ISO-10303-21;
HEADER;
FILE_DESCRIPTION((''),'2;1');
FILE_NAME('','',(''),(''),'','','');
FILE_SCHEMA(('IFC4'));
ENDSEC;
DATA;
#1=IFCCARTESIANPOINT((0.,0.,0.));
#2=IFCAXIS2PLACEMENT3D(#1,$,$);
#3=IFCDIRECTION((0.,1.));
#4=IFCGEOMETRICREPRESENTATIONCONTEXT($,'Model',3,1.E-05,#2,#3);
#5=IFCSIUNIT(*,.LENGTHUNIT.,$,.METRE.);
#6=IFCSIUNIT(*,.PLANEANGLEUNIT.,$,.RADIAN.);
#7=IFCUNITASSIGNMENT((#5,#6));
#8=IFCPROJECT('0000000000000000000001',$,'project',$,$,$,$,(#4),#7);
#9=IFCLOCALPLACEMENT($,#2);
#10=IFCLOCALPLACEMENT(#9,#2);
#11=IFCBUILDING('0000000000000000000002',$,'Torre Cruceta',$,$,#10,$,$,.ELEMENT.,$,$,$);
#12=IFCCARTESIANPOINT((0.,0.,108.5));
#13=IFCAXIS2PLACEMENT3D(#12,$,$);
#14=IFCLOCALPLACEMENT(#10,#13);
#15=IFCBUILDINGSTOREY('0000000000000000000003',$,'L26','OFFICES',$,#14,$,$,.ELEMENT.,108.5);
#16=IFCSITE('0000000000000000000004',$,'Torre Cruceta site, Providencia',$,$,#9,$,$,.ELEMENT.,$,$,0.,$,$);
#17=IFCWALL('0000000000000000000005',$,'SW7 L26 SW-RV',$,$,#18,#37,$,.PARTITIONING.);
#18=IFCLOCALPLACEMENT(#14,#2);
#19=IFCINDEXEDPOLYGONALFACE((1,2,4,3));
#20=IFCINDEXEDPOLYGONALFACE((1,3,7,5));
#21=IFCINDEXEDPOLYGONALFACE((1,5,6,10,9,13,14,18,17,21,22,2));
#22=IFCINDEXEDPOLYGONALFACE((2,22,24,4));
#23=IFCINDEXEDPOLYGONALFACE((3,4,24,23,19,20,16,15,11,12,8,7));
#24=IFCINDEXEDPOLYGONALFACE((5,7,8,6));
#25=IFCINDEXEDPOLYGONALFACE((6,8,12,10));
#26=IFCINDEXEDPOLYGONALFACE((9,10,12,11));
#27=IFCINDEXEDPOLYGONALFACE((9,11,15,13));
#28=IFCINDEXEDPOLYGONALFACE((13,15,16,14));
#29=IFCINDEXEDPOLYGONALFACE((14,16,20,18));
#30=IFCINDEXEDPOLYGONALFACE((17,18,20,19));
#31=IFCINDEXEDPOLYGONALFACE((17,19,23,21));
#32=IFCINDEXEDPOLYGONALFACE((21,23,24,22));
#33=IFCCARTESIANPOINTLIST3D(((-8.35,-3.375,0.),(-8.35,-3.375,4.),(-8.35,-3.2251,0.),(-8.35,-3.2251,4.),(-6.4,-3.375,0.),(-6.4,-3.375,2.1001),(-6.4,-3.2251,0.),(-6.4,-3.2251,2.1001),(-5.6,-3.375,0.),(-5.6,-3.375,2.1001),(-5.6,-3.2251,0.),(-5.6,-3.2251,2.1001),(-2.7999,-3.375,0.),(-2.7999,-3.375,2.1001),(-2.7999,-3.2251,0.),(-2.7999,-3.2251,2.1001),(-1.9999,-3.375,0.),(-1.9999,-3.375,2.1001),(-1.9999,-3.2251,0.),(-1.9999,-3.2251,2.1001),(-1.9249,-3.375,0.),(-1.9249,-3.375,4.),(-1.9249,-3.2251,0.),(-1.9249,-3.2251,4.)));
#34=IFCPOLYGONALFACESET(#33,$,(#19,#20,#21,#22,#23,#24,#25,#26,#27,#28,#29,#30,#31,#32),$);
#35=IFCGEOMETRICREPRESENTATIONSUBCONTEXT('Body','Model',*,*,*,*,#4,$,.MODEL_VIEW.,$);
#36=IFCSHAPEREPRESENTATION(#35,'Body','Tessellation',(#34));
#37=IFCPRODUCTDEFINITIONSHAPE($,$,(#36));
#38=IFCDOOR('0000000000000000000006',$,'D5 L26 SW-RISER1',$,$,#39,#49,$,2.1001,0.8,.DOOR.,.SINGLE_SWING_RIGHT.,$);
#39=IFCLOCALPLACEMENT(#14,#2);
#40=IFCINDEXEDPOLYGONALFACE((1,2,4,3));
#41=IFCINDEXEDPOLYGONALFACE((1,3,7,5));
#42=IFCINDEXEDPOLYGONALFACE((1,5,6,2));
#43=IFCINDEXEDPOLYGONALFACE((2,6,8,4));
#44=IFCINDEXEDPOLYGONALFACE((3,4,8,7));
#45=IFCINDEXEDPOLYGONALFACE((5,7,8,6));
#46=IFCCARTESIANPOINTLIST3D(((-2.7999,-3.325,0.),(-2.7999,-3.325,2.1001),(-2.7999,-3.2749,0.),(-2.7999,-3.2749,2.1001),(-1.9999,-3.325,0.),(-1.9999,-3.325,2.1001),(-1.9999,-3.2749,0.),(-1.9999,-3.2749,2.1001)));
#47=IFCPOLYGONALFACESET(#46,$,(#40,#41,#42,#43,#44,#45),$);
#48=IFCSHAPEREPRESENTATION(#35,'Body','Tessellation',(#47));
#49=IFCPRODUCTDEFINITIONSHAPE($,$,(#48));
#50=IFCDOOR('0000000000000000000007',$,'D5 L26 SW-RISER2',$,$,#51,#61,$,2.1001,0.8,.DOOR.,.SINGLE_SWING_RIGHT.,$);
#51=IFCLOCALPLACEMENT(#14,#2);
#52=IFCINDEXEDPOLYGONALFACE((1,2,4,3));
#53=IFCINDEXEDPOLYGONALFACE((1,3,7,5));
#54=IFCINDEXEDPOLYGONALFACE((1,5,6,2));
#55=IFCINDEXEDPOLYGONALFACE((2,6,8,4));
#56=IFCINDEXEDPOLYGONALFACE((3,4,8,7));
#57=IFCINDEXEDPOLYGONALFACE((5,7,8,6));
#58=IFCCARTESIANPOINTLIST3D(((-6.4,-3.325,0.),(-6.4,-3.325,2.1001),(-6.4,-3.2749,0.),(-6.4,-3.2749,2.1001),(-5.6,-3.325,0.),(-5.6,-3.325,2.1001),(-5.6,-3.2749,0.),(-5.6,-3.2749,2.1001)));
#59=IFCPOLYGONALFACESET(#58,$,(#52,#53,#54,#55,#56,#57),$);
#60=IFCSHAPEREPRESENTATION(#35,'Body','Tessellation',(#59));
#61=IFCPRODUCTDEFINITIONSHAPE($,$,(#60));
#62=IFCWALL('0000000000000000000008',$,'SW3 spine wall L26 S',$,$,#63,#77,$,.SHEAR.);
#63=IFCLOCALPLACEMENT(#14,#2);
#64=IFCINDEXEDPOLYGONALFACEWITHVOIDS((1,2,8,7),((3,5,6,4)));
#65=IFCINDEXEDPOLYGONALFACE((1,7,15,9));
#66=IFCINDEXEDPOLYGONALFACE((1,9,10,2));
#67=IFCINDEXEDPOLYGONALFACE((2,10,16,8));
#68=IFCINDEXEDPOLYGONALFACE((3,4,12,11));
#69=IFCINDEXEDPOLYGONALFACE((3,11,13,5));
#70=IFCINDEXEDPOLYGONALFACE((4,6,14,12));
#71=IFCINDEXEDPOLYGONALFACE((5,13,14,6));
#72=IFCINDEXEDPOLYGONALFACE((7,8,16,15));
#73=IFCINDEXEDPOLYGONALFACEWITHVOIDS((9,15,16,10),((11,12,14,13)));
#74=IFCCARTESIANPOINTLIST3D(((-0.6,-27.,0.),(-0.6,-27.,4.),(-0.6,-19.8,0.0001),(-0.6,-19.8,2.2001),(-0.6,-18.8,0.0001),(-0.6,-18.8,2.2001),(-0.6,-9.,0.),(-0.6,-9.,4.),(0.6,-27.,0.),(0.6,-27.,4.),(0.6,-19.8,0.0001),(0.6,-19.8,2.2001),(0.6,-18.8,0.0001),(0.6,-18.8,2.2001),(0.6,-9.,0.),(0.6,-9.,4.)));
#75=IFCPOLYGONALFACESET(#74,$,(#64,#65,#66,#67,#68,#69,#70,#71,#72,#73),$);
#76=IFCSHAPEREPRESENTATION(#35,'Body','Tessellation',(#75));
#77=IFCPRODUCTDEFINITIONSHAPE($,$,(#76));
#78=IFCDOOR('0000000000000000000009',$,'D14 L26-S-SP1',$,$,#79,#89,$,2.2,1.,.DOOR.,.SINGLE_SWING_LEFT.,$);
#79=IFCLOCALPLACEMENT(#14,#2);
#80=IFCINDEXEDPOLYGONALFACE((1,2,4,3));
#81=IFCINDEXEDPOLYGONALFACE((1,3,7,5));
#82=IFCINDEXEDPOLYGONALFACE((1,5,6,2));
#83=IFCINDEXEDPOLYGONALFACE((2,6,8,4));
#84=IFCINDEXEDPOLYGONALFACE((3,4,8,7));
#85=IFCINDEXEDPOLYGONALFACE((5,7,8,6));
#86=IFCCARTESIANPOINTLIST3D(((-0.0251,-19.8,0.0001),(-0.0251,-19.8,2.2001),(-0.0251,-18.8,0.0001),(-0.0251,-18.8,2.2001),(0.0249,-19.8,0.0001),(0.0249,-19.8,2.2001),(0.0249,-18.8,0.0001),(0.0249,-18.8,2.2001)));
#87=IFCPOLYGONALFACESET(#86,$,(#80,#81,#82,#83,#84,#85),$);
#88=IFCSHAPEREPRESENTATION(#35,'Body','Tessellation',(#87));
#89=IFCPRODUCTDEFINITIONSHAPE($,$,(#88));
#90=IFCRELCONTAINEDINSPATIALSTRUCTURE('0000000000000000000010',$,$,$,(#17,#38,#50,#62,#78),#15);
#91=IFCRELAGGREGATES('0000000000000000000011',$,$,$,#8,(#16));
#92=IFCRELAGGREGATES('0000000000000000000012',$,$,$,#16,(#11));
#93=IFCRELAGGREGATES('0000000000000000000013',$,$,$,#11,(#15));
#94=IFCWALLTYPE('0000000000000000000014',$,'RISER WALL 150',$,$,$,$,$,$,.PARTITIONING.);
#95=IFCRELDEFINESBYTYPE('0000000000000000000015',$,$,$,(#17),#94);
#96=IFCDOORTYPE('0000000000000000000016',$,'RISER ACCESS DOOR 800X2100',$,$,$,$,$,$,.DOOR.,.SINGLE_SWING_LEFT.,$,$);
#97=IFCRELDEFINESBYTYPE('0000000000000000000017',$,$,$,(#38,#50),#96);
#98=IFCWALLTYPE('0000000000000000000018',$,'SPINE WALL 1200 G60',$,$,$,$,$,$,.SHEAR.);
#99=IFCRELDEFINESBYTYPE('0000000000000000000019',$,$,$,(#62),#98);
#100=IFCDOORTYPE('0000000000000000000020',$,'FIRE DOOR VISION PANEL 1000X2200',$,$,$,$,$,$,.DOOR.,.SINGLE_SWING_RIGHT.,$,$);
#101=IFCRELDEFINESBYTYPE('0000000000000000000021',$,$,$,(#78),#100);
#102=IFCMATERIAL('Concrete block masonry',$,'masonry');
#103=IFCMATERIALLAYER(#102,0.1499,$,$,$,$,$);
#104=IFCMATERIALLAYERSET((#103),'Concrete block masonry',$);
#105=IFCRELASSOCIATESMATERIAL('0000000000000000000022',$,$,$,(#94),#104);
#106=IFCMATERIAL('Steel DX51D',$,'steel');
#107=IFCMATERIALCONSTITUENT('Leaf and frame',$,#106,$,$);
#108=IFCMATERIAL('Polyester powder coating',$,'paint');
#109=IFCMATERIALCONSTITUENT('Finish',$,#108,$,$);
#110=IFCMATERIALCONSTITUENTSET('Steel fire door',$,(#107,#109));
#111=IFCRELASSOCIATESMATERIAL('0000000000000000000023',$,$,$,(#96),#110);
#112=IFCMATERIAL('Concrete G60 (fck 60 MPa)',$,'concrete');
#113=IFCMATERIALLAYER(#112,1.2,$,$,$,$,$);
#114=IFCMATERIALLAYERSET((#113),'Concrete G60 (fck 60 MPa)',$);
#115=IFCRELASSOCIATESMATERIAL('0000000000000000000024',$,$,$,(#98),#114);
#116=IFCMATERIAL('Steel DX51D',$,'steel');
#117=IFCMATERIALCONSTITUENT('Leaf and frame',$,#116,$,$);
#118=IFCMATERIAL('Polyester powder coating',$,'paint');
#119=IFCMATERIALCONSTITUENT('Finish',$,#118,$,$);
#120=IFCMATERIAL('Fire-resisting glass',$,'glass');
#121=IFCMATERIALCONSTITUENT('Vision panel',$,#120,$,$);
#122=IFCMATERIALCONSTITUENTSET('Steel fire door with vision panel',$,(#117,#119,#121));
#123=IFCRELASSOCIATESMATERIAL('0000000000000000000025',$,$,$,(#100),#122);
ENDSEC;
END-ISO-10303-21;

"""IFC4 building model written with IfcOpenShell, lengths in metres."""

from ifc_helpers import new_model, si_unit, direction, frame, frame_2d, origin, place, context, subcontext, project, spatial, rectangle, extrude, material, layer, layer_set, constituent, constituent_set, type_object, element, fill, save


model = new_model("IFC4")

# Units and contexts
model_context = context("Model", 3, precision=1e-05, world=origin(), true_north=direction((0.0, 1.0)))
body_context = subcontext(model_context, "Body", "Model", "MODEL_VIEW")
ifc_project = project(units=[si_unit("LENGTHUNIT", "METRE"), si_unit("PLANEANGLEUNIT", "RADIAN")], contexts=[model_context])

# Site, building, storey
site_placement = place(None, origin())
site = spatial("IfcSite", under=ifc_project, at=site_placement, Name="Torre Cruceta site, Providencia", CompositionType="ELEMENT", RefElevation=0.0)
building_placement = place(site_placement, origin())
building = spatial("IfcBuilding", under=site, at=building_placement, Name="Torre Cruceta", CompositionType="ELEMENT")
storey_placement = place(building_placement, frame((0.0, 0.0, 108.5)))
storey = spatial("IfcBuildingStorey", under=building, at=storey_placement, Name="L26", Description="OFFICES", CompositionType="ELEMENT", Elevation=108.5)

# Wall, openings, doors
ifc_material_1 = material(Name="Concrete block masonry", Category="masonry")
ifc_layer_1 = layer(ifc_material_1, 0.1499)
ifc_layer_set_1 = layer_set([ifc_layer_1], Name="Concrete block masonry")
wall_type_1 = type_object("IfcWallType", Name="RISER WALL 150", PredefinedType="PARTITIONING", material=ifc_layer_set_1)
wall_1_placement = place(storey_placement, frame((-1.925, -3.3, 0.0), z_axis=(0.0, 0.0, 1.0), x_axis=(-1.0, 0.0, 0.0)))
wall_1 = element("IfcWall", 1, at=wall_1_placement, inside=storey, type_object=wall_type_1, Name="SW7 L26 SW-RV", PredefinedType="PARTITIONING", context=body_context, shape_type="SweptSolid", body=[
    extrude(rectangle(XDim=6.425, YDim=0.1499, at=frame_2d((3.2124, 0.0))), origin(), (0.0, 0.0, 1.0), 4.0),
])
opening_1_placement = place(wall_1_placement, frame((0.075, 0.0, 0.0)))
opening_1 = element("IfcOpeningElement", 2, at=opening_1_placement, cuts=wall_1, PredefinedType="OPENING", context=body_context, shape_type="SweptSolid", body=[
    extrude(rectangle(XDim=0.8, YDim=2.1001, at=frame_2d((0.3999, 1.05))), frame((0.0, 0.085, 0.0), z_axis=(0.0, -1.0, 0.0), x_axis=(1.0, 0.0, 0.0)), (0.0, 0.0, 1.0), 0.1699),
])
opening_2_placement = place(wall_1_placement, frame((3.675, 0.0, 0.0)))
opening_2 = element("IfcOpeningElement", 3, at=opening_2_placement, cuts=wall_1, PredefinedType="OPENING", context=body_context, shape_type="SweptSolid", body=[
    extrude(rectangle(XDim=0.8, YDim=2.1001, at=frame_2d((0.3999, 1.05))), frame((0.0, 0.085, 0.0), z_axis=(0.0, -1.0, 0.0), x_axis=(1.0, 0.0, 0.0)), (0.0, 0.0, 1.0), 0.1699),
])
ifc_material_2 = material(Name="Steel DX51D", Category="steel")
ifc_constituent_1 = constituent(ifc_material_2, Name="Leaf and frame")
ifc_material_3 = material(Name="Polyester powder coating", Category="paint")
ifc_constituent_2 = constituent(ifc_material_3, Name="Finish")
ifc_constituent_set_1 = constituent_set(constituents=[ifc_constituent_1, ifc_constituent_2], Name="Steel fire door")
door_type_1 = type_object("IfcDoorType", Name="RISER ACCESS DOOR 800X2100", OperationType="SINGLE_SWING_LEFT", PredefinedType="DOOR", material=ifc_constituent_set_1)
door_1_placement = place(opening_1_placement, frame((0.8, 0.0, 0.0), z_axis=(0.0, 0.0, 1.0), x_axis=(-1.0, 0.0, 0.0)))
door_1 = element("IfcDoor", 4, at=door_1_placement, inside=storey, type_object=door_type_1, Name="D5 L26 SW-RISER1", OperationType="SINGLE_SWING_RIGHT", OverallHeight=2.1001, OverallWidth=0.8, PredefinedType="DOOR", context=body_context, shape_type="SweptSolid", body=[
    extrude(rectangle(XDim=0.8, YDim=2.1001, at=frame_2d((0.4001, 1.05))), frame((0.0, 0.0251, 0.0), z_axis=(0.0, -1.0, 0.0), x_axis=(1.0, 0.0, 0.0)), (0.0, 0.0, 1.0), 0.05),
])
fill(opening_1, door_1)
door_2_placement = place(opening_2_placement, frame((0.8, 0.0, 0.0), z_axis=(0.0, 0.0, 1.0), x_axis=(-1.0, 0.0, 0.0)))
door_2 = element("IfcDoor", 5, at=door_2_placement, inside=storey, type_object=door_type_1, Name="D5 L26 SW-RISER2", OperationType="SINGLE_SWING_RIGHT", OverallHeight=2.1001, OverallWidth=0.8, PredefinedType="DOOR", context=body_context, shape_type="SweptSolid", body=[
    extrude(rectangle(XDim=0.8, YDim=2.1001, at=frame_2d((0.4001, 1.05))), frame((0.0, 0.0251, 0.0), z_axis=(0.0, -1.0, 0.0), x_axis=(1.0, 0.0, 0.0)), (0.0, 0.0, 1.0), 0.05),
])
fill(opening_2, door_2)

# Wall, opening, door
ifc_material_4 = material(Name="Concrete G60 (fck 60 MPa)", Category="concrete")
ifc_layer_2 = layer(ifc_material_4, 1.2)
ifc_layer_set_2 = layer_set([ifc_layer_2], Name="Concrete G60 (fck 60 MPa)")
wall_type_2 = type_object("IfcWallType", Name="SPINE WALL 1200 G60", PredefinedType="SHEAR", material=ifc_layer_set_2)
wall_2_placement = place(storey_placement, frame((0.0, -9.0, 0.0), z_axis=(0.0, 0.0, 1.0), x_axis=(0.0, -1.0, 0.0)))
wall_2 = element("IfcWall", 6, at=wall_2_placement, inside=storey, type_object=wall_type_2, Name="SW3 spine wall L26 S", PredefinedType="SHEAR", context=body_context, shape_type="SweptSolid", body=[
    extrude(rectangle(XDim=18.0, YDim=1.2, at=frame_2d((9.0, 0.0))), origin(), (0.0, 0.0, 1.0), 4.0),
])
opening_3_placement = place(wall_2_placement, frame((9.8, 0.0, 0.0)))
opening_3 = element("IfcOpeningElement", 7, at=opening_3_placement, cuts=wall_2, PredefinedType="OPENING", context=body_context, shape_type="SweptSolid", body=[
    extrude(rectangle(XDim=1.0, YDim=2.2, at=frame_2d((0.5, 1.1001))), frame((0.0, 0.6099, 0.0), z_axis=(0.0, -1.0, 0.0), x_axis=(1.0, 0.0, 0.0)), (0.0, 0.0, 1.0), 1.22),
])
ifc_material_5 = material(Name="Steel DX51D", Category="steel")
ifc_constituent_3 = constituent(ifc_material_5, Name="Leaf and frame")
ifc_material_6 = material(Name="Polyester powder coating", Category="paint")
ifc_constituent_4 = constituent(ifc_material_6, Name="Finish")
ifc_material_7 = material(Name="Fire-resisting glass", Category="glass")
ifc_constituent_5 = constituent(ifc_material_7, Name="Vision panel")
ifc_constituent_set_2 = constituent_set(constituents=[ifc_constituent_3, ifc_constituent_4, ifc_constituent_5], Name="Steel fire door with vision panel")
door_type_2 = type_object("IfcDoorType", Name="FIRE DOOR VISION PANEL 1000X2200", OperationType="SINGLE_SWING_RIGHT", PredefinedType="DOOR", material=ifc_constituent_set_2)
door_3_placement = place(opening_3_placement, frame((1.0, 0.0, 0.0), z_axis=(0.0, 0.0, 1.0), x_axis=(-1.0, 0.0, 0.0)))
door_3 = element("IfcDoor", 8, at=door_3_placement, inside=storey, type_object=door_type_2, Name="D14 L26-S-SP1", OperationType="SINGLE_SWING_LEFT", OverallHeight=2.2, OverallWidth=1.0, PredefinedType="DOOR", context=body_context, shape_type="SweptSolid", body=[
    extrude(rectangle(XDim=1.0, YDim=2.2, at=frame_2d((0.5, 1.1001))), frame((0.0, 0.0251, 0.0), z_axis=(0.0, -1.0, 0.0), x_axis=(1.0, 0.0, 0.0)), (0.0, 0.0, 1.0), 0.05),
])
fill(opening_3, door_3)

save(model, "model.ifc")
